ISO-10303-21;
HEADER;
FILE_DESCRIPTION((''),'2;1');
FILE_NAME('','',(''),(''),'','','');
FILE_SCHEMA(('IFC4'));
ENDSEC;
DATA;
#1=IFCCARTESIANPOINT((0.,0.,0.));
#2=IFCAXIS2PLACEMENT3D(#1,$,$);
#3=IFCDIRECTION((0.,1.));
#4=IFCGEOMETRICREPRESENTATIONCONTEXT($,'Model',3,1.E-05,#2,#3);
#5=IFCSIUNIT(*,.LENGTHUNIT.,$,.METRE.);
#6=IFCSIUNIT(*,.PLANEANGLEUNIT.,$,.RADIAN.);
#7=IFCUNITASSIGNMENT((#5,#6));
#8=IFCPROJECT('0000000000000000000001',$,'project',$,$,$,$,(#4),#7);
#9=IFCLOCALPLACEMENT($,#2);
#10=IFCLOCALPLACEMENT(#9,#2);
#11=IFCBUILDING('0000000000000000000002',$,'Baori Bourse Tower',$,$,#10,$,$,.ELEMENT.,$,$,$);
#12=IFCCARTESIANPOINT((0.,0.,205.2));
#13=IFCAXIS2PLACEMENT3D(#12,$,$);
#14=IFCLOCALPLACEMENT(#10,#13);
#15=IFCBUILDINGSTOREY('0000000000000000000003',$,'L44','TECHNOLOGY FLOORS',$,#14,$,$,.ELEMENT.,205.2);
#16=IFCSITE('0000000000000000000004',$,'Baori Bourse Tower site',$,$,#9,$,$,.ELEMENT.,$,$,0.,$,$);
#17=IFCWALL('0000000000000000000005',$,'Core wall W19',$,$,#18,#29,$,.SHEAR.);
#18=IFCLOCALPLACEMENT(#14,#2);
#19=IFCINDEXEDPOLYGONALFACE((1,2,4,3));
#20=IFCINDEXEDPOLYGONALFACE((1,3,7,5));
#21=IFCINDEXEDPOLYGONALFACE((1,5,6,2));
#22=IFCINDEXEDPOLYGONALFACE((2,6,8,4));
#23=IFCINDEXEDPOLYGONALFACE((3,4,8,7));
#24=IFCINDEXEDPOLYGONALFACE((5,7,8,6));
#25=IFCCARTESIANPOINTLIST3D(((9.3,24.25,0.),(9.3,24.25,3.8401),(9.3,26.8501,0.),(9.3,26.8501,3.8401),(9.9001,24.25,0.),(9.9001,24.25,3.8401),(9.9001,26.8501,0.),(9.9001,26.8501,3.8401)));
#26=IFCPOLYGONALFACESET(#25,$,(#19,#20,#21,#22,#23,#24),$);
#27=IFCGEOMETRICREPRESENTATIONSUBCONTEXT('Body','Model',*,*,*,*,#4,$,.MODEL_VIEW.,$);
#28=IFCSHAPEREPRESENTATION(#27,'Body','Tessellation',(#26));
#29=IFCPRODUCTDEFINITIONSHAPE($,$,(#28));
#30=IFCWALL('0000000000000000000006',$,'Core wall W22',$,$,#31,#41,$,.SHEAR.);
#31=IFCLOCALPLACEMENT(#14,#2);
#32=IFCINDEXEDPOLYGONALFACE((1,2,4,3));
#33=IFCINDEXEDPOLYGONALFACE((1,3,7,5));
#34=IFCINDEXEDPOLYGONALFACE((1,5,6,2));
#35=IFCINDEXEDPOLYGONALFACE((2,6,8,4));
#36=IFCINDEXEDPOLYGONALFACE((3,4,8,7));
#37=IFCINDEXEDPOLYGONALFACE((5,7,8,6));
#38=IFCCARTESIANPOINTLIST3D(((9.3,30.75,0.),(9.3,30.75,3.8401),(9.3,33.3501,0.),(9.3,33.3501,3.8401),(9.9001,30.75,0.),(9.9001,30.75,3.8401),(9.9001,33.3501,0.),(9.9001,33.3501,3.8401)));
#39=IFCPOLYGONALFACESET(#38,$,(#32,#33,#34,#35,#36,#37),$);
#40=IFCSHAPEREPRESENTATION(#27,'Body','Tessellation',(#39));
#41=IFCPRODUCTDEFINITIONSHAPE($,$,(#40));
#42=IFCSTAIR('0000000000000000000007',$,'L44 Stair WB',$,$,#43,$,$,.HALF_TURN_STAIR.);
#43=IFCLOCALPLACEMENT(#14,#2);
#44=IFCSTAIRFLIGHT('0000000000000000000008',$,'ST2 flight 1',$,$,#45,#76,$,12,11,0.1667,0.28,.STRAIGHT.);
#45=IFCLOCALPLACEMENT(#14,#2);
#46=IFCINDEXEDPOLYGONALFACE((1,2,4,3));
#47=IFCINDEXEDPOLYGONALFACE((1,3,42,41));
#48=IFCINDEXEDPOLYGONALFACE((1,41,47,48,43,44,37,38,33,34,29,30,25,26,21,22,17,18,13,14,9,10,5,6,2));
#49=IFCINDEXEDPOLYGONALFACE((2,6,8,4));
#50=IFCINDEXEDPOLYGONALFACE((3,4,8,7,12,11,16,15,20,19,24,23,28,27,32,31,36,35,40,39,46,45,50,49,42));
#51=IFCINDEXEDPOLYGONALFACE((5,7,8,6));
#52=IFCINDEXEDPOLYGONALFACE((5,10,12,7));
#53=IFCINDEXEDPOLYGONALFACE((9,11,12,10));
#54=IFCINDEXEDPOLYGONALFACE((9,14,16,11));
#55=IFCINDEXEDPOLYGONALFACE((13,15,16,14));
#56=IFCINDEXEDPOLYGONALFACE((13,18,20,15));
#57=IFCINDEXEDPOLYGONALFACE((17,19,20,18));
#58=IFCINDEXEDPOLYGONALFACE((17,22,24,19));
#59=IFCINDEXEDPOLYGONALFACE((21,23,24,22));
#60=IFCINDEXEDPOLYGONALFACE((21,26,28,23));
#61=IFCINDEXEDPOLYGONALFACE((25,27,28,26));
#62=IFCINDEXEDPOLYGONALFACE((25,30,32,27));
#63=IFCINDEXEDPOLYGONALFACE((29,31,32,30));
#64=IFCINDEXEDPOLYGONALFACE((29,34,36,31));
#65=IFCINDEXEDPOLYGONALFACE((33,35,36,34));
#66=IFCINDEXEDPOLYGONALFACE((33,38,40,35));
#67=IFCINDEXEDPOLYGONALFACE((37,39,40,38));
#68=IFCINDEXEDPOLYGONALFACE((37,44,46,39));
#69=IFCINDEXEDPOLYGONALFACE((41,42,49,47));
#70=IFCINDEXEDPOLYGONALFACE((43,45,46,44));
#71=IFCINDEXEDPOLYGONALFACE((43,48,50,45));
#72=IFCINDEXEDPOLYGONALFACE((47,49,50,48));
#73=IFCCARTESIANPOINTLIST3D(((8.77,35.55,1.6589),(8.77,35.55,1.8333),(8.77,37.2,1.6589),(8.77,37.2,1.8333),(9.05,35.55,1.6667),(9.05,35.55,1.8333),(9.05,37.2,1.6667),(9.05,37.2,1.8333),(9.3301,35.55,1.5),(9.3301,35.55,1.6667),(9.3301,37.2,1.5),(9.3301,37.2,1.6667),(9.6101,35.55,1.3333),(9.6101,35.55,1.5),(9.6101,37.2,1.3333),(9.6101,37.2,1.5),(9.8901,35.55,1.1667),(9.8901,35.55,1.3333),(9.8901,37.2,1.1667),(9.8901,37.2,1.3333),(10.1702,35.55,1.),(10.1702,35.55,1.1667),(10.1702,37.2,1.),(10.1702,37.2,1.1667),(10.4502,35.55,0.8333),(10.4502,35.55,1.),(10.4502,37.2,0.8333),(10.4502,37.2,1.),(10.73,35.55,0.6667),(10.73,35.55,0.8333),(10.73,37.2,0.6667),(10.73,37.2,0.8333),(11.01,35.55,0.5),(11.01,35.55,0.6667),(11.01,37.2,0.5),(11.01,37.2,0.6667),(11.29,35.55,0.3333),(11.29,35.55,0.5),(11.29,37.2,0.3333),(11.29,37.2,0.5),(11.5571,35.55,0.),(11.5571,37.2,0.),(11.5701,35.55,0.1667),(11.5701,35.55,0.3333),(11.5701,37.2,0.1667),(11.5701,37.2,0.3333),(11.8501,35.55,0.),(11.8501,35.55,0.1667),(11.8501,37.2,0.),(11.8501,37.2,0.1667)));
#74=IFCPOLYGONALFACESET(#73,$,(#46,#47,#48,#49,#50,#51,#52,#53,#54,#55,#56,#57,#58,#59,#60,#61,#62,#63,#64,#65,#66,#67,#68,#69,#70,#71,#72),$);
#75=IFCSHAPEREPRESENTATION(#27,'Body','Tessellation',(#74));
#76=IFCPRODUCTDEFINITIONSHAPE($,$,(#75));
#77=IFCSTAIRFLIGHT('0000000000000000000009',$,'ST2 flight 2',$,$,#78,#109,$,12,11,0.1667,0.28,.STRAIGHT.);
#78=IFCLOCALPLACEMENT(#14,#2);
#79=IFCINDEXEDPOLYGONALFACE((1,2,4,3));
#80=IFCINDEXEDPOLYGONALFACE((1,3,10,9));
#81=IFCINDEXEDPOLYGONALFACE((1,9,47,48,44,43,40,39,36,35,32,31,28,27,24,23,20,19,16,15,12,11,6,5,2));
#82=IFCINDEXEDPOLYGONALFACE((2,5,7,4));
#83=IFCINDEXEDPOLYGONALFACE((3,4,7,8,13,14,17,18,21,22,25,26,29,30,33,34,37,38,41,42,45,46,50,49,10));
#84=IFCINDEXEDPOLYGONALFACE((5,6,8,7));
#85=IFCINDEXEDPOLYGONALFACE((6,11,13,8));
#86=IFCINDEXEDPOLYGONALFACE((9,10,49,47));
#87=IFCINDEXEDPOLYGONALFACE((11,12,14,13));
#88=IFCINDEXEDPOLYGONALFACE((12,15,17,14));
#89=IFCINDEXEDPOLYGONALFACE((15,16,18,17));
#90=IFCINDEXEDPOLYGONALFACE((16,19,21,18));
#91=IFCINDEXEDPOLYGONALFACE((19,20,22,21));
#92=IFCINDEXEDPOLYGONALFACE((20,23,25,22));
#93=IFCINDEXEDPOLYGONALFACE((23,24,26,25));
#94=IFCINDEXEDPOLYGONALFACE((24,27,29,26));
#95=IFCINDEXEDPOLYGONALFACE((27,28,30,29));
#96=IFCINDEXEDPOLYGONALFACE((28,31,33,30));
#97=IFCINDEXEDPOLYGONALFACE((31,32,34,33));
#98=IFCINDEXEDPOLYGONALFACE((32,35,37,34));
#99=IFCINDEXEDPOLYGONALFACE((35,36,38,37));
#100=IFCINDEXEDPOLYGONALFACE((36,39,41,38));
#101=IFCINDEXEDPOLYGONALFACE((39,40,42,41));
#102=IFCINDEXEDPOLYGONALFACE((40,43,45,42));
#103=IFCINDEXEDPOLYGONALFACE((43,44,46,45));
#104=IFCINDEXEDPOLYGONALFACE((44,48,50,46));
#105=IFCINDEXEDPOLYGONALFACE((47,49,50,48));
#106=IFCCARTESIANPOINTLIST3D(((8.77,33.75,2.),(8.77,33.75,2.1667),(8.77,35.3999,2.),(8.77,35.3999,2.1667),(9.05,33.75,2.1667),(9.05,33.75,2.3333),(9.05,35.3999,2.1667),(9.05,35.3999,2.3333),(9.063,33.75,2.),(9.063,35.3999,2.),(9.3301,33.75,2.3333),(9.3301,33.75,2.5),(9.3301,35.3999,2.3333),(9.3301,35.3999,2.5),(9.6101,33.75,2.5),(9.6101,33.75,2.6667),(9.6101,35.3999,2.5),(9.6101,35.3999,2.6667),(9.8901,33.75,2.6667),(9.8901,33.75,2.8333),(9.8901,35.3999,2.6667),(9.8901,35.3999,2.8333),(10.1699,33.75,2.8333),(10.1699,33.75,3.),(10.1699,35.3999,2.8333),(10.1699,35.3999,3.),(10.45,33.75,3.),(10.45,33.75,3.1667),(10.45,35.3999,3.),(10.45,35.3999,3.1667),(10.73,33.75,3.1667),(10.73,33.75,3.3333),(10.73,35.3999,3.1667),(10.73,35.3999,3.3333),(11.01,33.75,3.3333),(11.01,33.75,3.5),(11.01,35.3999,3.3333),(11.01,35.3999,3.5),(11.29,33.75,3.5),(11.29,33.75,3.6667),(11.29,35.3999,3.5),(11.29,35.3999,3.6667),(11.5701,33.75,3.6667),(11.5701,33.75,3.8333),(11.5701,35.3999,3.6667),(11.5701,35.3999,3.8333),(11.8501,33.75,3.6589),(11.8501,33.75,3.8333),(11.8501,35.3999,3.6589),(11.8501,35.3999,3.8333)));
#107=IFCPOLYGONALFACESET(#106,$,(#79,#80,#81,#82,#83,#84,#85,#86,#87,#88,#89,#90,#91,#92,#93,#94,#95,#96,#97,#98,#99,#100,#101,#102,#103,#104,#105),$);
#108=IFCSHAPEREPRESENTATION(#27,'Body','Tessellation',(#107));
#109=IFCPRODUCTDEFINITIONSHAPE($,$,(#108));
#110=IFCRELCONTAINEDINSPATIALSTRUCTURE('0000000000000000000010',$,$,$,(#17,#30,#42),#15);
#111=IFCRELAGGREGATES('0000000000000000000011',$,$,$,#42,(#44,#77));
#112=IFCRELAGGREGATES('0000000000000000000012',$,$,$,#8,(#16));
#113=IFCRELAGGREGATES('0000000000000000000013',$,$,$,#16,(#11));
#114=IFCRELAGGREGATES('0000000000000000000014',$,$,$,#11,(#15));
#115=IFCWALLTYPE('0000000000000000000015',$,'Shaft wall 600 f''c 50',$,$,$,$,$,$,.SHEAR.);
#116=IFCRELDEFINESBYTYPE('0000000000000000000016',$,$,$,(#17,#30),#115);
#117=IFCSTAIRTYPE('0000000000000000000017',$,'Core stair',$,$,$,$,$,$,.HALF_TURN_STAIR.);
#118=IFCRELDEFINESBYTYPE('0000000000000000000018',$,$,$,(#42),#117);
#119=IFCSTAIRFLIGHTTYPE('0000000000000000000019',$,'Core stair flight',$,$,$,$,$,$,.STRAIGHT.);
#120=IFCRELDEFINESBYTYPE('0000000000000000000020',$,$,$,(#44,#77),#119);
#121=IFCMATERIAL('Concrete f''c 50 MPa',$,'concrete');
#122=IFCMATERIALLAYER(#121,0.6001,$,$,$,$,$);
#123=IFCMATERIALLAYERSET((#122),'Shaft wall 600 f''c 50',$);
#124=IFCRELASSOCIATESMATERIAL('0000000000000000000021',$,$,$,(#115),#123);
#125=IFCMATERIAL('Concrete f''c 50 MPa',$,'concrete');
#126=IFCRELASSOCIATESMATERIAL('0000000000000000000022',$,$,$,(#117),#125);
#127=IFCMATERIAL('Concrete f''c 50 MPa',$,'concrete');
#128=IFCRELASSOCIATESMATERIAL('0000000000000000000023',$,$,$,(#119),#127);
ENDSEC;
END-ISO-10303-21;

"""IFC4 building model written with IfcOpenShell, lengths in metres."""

from ifc_helpers import new_model, si_unit, direction, frame, frame_2d, origin, place, context, subcontext, project, spatial, polyline, rectangle, outline, extrude, material, layer, layer_set, type_object, element, aggregate, save


model = new_model("IFC4")

# Units and contexts
model_context = context("Model", 3, precision=1e-05, world=origin(), true_north=direction((0.0, 1.0)))
body_context = subcontext(model_context, "Body", "Model", "MODEL_VIEW")
ifc_project = project(units=[si_unit("LENGTHUNIT", "METRE"), si_unit("PLANEANGLEUNIT", "RADIAN")], contexts=[model_context])

# Site, building, storey
site_placement = place(None, origin())
site = spatial("IfcSite", under=ifc_project, at=site_placement, Name="Baori Bourse Tower site", CompositionType="ELEMENT", RefElevation=0.0)
building_placement = place(site_placement, origin())
building = spatial("IfcBuilding", under=site, at=building_placement, Name="Baori Bourse Tower", CompositionType="ELEMENT")
storey_placement = place(building_placement, frame((0.0, 0.0, 205.2)))
storey = spatial("IfcBuildingStorey", under=building, at=storey_placement, Name="L44", Description="TECHNOLOGY FLOORS", CompositionType="ELEMENT", Elevation=205.2)

# Walls
ifc_material_1 = material(Name="Concrete f'c 50 MPa", Category="concrete")
ifc_layer_1 = layer(ifc_material_1, 0.6001)
ifc_layer_set_1 = layer_set([ifc_layer_1], Name="Shaft wall 600 f'c 50")
wall_type_1 = type_object("IfcWallType", Name="Shaft wall 600 f'c 50", PredefinedType="SHEAR", material=ifc_layer_set_1)
for number, where, z_axis, x_axis, name in (
    (1, (9.6001, 24.25, 0.0), (0.0, 0.0, 1.0), (0.0, 1.0, 0.0), "Core wall W19"),
    (2, (9.6001, 30.75, 0.0), (0.0, 0.0, 1.0), (0.0, 1.0, 0.0), "Core wall W22"),
):
    element("IfcWall", number, at=place(storey_placement, frame(where, z_axis=z_axis, x_axis=x_axis)), inside=storey, type_object=wall_type_1, Name=name, PredefinedType="SHEAR", context=body_context, shape_type="SweptSolid", body=[
        extrude(rectangle(XDim=2.6001, YDim=0.6001, at=frame_2d((1.3, 0.0))), origin(), (0.0, 0.0, 1.0), 3.8401),
    ])

# Stair, stair flights
ifc_material_2 = material(Name="Concrete f'c 50 MPa", Category="concrete")
stair_type = type_object("IfcStairType", Name="Core stair", PredefinedType="HALF_TURN_STAIR", material=ifc_material_2)
stair_placement = place(storey_placement, origin())
stair = element("IfcStair", 3, at=stair_placement, inside=storey, type_object=stair_type, Name="L44 Stair WB", PredefinedType="HALF_TURN_STAIR")
ifc_material_3 = material(Name="Concrete f'c 50 MPa", Category="concrete")
stair_flight_type = type_object("IfcStairFlightType", Name="Core stair flight", PredefinedType="STRAIGHT", material=ifc_material_3)
stair_flight_1_placement = place(storey_placement, frame((11.8501, 36.375, 0.0), z_axis=(0.0, 0.0, 1.0), x_axis=(-1.0, 0.0, 0.0)))
stair_flight_1 = element("IfcStairFlight", 4, at=stair_flight_1_placement, type_object=stair_flight_type, Name="ST2 flight 1", NumberOfRisers=12, NumberOfTreads=11, PredefinedType="STRAIGHT", RiserHeight=0.1667, TreadLength=0.28, context=body_context, shape_type="SweptSolid", body=[
    extrude(outline(polyline([(0.0, 0.0), (0.0, 0.1667), (0.28, 0.1667), (0.28, 0.3333), (0.5601, 0.3333), (0.5601, 0.5), (0.8401, 0.5), (0.8401, 0.6667), (1.1201, 0.6667), (1.1201, 0.8333), (1.3999, 0.8333), (1.3999, 1.0), (1.6799, 1.0), (1.6799, 1.1667), (1.96, 1.1667), (1.96, 1.3333), (2.24, 1.3333), (2.24, 1.5), (2.52, 1.5), (2.52, 1.6667), (2.8, 1.6667), (2.8, 1.8333), (3.0801, 1.8333), (3.0801, 2.0), (3.0801, 1.6589), (0.293, 0.0), (0.0, 0.0)])), frame((0.0, 0.825, 0.0), z_axis=(0.0, -1.0, 0.0), x_axis=(1.0, 0.0, 0.0)), (0.0, 0.0, 1.0), 1.6499),
])
stair_flight_2_placement = place(storey_placement, frame((8.77, 34.575, 2.0), z_axis=(0.0, 0.0, 1.0), x_axis=(1.0, 0.0, 0.0)))
stair_flight_2 = element("IfcStairFlight", 5, at=stair_flight_2_placement, type_object=stair_flight_type, Name="ST2 flight 2", NumberOfRisers=12, NumberOfTreads=11, PredefinedType="STRAIGHT", RiserHeight=0.1667, TreadLength=0.28, context=body_context, shape_type="SweptSolid", body=[
    extrude(outline(polyline([(0.0, 0.0), (0.0, 0.1667), (0.28, 0.1667), (0.28, 0.3333), (0.5601, 0.3333), (0.5601, 0.5), (0.8401, 0.5), (0.8401, 0.6667), (1.1201, 0.6667), (1.1201, 0.8333), (1.3999, 0.8333), (1.3999, 1.0), (1.6799, 1.0), (1.6799, 1.1667), (1.96, 1.1667), (1.96, 1.3333), (2.24, 1.3333), (2.24, 1.5), (2.52, 1.5), (2.52, 1.6667), (2.8, 1.6667), (2.8, 1.8333), (3.0801, 1.8333), (3.0801, 2.0), (3.0801, 1.6589), (0.293, 0.0), (0.0, 0.0)])), frame((0.0, 0.825, 0.0), z_axis=(0.0, -1.0, 0.0), x_axis=(1.0, 0.0, 0.0)), (0.0, 0.0, 1.0), 1.6499),
])
aggregate(stair, [stair_flight_1, stair_flight_2])

save(model, "model.ifc")
